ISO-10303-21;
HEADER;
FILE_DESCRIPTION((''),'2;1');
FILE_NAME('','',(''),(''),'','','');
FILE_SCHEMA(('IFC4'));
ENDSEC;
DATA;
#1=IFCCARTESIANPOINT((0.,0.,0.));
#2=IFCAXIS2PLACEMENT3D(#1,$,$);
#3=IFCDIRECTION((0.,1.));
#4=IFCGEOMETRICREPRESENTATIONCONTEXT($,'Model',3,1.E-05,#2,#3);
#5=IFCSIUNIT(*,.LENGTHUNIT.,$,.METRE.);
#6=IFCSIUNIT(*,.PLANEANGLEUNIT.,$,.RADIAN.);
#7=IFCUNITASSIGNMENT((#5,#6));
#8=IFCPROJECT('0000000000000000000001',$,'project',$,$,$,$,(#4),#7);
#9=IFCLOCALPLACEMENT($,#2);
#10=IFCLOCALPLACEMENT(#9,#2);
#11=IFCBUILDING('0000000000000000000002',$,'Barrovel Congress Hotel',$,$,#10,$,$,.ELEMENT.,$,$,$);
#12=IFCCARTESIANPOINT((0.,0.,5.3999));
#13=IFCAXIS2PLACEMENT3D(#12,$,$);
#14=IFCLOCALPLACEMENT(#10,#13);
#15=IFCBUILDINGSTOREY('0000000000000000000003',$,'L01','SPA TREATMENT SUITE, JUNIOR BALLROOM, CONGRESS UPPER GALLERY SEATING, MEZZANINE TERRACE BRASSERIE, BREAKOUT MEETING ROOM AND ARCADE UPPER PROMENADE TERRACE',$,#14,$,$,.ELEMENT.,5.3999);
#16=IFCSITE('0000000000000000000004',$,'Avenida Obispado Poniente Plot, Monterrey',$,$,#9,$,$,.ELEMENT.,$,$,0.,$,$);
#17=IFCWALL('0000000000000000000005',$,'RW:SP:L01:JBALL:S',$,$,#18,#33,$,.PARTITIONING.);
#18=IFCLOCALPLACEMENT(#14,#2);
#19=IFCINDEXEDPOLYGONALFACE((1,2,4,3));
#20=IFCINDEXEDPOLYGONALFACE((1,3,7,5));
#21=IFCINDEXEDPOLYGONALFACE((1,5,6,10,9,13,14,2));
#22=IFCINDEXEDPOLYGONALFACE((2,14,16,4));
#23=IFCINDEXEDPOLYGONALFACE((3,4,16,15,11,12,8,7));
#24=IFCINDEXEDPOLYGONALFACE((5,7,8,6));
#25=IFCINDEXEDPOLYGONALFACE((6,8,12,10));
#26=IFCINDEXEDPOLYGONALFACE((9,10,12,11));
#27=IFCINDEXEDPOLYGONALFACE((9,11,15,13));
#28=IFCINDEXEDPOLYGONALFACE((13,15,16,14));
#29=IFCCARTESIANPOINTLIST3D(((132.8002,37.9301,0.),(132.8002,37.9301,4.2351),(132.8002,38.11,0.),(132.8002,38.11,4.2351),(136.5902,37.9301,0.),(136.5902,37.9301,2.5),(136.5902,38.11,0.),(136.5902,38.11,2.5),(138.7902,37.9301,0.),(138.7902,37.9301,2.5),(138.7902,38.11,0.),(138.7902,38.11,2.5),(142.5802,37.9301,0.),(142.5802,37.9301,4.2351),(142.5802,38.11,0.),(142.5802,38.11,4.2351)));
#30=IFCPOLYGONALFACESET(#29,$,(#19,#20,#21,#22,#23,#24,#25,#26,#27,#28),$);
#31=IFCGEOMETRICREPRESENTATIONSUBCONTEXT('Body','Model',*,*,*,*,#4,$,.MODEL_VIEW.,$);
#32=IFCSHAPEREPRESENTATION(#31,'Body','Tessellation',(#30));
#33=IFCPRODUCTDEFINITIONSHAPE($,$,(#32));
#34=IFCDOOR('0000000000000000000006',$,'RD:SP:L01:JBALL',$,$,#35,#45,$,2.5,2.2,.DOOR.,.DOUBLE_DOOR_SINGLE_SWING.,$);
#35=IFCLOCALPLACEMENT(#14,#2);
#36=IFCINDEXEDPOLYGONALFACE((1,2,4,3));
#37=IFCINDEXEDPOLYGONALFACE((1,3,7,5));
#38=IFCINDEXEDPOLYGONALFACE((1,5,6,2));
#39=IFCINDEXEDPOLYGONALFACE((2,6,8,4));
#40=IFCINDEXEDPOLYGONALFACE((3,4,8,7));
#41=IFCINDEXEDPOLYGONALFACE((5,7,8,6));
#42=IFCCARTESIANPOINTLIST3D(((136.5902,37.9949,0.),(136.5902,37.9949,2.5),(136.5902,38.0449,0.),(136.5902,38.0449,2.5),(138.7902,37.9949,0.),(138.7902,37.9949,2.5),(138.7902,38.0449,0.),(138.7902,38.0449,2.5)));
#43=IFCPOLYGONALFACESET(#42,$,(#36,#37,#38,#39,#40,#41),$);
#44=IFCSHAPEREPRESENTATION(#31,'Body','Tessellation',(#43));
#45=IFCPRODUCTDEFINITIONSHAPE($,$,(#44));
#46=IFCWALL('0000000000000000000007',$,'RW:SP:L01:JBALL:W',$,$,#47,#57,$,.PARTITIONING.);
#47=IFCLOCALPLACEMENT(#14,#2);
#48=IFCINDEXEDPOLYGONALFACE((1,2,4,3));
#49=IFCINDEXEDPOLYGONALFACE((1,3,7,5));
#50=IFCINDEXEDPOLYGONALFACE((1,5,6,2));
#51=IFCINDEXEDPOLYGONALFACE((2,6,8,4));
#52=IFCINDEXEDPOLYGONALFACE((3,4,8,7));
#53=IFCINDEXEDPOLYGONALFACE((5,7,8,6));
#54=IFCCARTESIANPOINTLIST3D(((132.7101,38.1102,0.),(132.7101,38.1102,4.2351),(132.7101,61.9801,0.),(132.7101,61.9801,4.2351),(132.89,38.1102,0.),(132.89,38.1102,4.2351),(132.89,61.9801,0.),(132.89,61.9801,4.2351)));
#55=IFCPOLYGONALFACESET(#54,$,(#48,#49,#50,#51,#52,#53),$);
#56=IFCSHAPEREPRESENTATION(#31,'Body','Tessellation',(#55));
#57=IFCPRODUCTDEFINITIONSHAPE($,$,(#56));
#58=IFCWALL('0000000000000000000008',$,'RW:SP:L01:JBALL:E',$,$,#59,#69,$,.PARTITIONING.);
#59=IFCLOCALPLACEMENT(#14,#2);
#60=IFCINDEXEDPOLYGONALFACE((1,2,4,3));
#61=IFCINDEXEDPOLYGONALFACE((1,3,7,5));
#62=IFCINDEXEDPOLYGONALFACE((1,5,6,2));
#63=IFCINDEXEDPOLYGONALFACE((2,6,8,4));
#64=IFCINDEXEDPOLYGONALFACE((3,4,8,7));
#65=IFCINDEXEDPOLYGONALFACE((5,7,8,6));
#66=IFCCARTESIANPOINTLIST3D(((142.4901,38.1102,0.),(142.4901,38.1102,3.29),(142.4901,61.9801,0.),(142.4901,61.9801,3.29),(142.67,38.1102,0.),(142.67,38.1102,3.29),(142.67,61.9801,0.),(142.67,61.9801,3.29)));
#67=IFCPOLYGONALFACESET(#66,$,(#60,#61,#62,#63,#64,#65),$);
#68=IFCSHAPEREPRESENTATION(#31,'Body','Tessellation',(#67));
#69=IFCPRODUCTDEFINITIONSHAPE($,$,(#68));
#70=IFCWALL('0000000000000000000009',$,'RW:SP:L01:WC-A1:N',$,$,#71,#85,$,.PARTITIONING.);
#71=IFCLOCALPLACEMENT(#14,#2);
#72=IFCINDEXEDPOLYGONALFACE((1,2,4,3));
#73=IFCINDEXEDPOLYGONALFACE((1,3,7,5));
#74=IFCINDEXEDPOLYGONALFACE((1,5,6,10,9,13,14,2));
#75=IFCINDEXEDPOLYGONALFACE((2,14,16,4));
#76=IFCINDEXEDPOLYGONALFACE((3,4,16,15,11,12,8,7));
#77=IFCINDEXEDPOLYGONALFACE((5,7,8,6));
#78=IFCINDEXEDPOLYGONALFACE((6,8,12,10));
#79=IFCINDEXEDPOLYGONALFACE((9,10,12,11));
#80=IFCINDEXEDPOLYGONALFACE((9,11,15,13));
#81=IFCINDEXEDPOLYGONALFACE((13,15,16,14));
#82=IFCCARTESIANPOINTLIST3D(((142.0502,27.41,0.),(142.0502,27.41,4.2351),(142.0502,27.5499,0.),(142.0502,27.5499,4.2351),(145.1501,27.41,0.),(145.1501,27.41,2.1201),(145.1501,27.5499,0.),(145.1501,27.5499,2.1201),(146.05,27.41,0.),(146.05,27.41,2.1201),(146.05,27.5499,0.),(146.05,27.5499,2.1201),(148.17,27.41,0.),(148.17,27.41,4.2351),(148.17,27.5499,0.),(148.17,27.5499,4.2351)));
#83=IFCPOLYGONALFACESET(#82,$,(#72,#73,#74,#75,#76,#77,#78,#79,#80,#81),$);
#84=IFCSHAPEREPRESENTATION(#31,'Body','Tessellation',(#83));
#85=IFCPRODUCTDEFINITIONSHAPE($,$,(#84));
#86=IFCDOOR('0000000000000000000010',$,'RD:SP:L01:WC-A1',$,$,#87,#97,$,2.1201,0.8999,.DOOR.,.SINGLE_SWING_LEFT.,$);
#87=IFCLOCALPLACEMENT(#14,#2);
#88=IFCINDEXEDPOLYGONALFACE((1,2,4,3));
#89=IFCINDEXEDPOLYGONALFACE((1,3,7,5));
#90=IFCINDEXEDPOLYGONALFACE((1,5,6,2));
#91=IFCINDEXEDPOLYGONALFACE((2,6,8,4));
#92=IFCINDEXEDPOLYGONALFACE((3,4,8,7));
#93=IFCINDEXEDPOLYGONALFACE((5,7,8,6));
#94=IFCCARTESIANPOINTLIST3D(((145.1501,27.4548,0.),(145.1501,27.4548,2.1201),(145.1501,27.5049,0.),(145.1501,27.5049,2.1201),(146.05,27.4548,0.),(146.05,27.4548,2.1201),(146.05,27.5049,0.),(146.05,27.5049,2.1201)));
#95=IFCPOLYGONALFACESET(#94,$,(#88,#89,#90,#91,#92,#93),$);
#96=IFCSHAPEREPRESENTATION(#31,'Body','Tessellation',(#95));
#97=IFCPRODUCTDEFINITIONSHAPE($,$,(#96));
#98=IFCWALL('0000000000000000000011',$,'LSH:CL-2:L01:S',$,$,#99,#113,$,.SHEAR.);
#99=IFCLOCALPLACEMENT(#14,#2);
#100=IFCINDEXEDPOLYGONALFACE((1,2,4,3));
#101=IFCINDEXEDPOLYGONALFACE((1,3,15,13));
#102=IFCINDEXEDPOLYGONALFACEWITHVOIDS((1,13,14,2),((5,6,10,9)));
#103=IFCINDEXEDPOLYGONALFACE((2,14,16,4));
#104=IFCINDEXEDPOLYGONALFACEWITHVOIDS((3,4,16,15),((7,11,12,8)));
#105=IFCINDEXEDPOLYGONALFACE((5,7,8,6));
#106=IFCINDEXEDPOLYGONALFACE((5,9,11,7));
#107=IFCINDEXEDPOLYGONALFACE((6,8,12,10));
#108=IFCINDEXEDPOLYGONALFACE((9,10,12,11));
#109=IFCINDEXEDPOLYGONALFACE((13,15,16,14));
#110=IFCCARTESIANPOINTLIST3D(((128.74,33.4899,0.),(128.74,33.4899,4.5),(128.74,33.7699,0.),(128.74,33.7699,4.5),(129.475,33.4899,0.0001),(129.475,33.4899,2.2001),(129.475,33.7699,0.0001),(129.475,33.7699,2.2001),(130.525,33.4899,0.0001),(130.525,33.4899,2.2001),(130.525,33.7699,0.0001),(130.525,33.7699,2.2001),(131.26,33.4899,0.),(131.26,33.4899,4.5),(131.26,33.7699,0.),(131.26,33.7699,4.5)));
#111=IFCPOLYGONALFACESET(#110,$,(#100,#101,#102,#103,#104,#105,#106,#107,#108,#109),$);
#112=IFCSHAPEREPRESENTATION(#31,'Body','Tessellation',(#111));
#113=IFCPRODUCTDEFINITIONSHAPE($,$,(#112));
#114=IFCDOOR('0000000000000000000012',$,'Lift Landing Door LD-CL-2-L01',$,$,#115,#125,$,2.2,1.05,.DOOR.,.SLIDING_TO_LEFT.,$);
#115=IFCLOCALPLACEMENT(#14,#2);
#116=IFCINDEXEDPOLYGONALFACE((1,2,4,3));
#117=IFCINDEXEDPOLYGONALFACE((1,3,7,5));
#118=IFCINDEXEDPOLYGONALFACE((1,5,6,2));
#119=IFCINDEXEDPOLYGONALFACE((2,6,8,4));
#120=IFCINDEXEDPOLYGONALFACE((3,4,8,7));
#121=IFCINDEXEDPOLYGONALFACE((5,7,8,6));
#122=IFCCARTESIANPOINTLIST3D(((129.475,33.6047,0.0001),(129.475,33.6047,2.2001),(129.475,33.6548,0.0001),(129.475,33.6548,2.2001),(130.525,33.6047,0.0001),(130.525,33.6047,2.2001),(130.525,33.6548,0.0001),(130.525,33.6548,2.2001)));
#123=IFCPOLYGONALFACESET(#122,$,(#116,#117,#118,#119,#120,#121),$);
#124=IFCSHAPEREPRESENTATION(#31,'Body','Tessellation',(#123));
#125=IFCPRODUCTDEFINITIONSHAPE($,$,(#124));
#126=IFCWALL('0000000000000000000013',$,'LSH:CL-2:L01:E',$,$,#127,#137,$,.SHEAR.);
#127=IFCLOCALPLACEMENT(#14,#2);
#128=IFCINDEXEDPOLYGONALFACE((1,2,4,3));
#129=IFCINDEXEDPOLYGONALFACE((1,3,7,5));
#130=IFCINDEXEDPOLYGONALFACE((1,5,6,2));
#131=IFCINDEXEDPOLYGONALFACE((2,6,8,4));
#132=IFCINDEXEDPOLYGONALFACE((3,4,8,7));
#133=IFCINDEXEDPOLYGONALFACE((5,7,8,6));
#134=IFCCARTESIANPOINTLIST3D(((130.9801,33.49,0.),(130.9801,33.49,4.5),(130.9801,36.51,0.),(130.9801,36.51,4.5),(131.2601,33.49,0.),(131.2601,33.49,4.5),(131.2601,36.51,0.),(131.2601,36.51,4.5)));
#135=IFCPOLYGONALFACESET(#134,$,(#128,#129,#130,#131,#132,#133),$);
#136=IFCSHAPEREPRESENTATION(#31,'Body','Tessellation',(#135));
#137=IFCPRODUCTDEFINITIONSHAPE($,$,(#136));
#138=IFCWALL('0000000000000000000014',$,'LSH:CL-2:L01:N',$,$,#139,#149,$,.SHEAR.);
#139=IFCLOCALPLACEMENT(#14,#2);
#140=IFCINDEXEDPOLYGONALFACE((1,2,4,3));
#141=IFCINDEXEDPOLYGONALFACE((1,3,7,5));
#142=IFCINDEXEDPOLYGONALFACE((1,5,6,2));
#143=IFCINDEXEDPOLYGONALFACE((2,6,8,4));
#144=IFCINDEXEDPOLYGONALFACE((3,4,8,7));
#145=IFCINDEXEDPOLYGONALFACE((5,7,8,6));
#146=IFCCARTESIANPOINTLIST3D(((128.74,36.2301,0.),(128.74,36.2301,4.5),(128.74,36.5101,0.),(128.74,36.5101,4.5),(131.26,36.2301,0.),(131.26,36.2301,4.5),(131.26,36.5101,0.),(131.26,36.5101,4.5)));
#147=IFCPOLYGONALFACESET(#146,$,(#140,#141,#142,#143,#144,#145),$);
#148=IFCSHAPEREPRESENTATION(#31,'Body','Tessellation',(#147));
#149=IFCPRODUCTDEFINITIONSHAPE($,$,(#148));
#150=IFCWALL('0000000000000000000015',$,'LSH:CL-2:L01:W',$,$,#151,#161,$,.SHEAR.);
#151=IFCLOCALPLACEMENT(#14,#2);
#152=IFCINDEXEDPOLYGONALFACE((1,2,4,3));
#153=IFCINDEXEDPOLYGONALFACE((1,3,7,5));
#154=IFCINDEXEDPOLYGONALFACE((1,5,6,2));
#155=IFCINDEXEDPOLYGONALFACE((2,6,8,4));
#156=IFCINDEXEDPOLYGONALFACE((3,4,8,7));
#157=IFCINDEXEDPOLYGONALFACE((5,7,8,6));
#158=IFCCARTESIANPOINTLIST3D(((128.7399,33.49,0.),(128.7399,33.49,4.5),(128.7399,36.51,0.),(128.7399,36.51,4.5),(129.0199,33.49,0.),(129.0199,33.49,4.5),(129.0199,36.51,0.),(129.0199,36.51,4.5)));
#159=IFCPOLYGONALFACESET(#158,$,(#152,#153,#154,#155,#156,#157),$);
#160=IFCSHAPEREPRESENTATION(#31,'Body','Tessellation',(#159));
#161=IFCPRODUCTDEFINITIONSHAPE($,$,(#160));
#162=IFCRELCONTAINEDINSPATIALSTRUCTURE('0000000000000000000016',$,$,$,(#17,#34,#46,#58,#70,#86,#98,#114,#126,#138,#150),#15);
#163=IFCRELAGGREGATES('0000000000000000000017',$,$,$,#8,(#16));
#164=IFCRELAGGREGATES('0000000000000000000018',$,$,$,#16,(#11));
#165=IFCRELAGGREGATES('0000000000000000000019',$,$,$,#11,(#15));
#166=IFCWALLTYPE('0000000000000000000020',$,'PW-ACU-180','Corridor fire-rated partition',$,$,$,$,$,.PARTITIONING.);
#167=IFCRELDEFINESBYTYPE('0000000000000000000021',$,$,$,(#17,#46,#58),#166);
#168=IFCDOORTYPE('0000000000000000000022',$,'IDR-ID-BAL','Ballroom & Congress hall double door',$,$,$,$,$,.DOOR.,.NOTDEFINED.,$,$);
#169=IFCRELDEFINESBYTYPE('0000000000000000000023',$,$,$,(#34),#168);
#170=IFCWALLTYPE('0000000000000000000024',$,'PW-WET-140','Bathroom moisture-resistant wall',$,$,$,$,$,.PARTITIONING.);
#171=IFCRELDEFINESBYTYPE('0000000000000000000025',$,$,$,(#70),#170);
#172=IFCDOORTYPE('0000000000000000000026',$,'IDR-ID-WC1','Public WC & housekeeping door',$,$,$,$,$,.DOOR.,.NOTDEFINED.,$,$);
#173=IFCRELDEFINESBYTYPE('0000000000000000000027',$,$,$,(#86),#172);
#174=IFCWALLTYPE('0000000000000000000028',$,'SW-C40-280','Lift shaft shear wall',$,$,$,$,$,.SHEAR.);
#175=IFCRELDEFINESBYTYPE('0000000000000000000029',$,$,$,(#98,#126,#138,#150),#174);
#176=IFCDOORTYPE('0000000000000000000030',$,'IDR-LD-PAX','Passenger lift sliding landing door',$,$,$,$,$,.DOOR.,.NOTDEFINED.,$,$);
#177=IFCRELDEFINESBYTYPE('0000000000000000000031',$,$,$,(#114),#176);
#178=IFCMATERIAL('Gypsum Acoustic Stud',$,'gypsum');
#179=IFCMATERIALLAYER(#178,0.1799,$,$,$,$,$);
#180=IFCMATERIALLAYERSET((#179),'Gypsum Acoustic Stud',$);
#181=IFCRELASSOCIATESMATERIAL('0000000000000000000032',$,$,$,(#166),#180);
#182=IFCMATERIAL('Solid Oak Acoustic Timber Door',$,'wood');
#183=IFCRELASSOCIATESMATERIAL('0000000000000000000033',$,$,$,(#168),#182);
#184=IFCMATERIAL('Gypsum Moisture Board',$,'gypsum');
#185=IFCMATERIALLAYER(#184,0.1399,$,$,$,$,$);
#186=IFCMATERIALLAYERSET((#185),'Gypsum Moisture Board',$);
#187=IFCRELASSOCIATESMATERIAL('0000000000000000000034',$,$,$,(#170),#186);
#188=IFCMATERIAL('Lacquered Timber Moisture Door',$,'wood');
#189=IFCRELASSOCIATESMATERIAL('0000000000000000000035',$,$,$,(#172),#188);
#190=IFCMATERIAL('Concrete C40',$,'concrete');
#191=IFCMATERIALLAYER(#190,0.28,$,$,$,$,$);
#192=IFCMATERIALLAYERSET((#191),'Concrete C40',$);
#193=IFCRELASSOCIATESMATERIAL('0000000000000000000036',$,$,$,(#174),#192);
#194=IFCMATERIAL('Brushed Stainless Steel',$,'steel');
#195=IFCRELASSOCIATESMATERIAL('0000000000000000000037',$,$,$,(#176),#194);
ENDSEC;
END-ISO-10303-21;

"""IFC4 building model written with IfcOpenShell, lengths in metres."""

from ifc_helpers import new_model, si_unit, direction, frame, frame_2d, origin, place, context, subcontext, project, spatial, rectangle, extrude, material, layer, layer_set, type_object, element, fill, save


model = new_model("IFC4")

# Units and contexts
model_context = context("Model", 3, precision=1e-05, world=origin(), true_north=direction((0.0, 1.0)))
body_context = subcontext(model_context, "Body", "Model", "MODEL_VIEW")
ifc_project = project(units=[si_unit("LENGTHUNIT", "METRE"), si_unit("PLANEANGLEUNIT", "RADIAN")], contexts=[model_context])

# Site, building, storey
site_placement = place(None, origin())
site = spatial("IfcSite", under=ifc_project, at=site_placement, Name="Avenida Obispado Poniente Plot, Monterrey", CompositionType="ELEMENT", RefElevation=0.0)
building_placement = place(site_placement, origin())
building = spatial("IfcBuilding", under=site, at=building_placement, Name="Barrovel Congress Hotel", CompositionType="ELEMENT")
storey_placement = place(building_placement, frame((0.0, 0.0, 5.3999)))
storey = spatial("IfcBuildingStorey", under=building, at=storey_placement, Name="L01", Description="SPA TREATMENT SUITE, JUNIOR BALLROOM, CONGRESS UPPER GALLERY SEATING, MEZZANINE TERRACE BRASSERIE, BREAKOUT MEETING ROOM AND ARCADE UPPER PROMENADE TERRACE", CompositionType="ELEMENT", Elevation=5.3999)

# Shared definitions
ifc_material_1 = material(Name="Concrete C40", Category="concrete")

# Shared definitions
ifc_material_2 = material(Name="Gypsum Acoustic Stud", Category="gypsum")
ifc_layer_1 = layer(ifc_material_2, 0.1799)
ifc_layer_set_1 = layer_set([ifc_layer_1], Name="Gypsum Acoustic Stud")
wall_type_1 = type_object("IfcWallType", Name="PW-ACU-180", Description="Corridor fire-rated partition", PredefinedType="PARTITIONING", material=ifc_layer_set_1)
ifc_material_3 = material(Name="Solid Oak Acoustic Timber Door", Category="wood")

# Wall, opening, door
wall_1_placement = place(storey_placement, frame((132.8, 38.02, 0.0), z_axis=(0.0, 0.0, 1.0), x_axis=(1.0, 0.0, 0.0)))
wall_1 = element("IfcWall", 1, at=wall_1_placement, inside=storey, type_object=wall_type_1, Name="RW:SP:L01:JBALL:S", PredefinedType="PARTITIONING", context=body_context, shape_type="SweptSolid", body=[
    extrude(rectangle(XDim=9.78, YDim=0.1799, at=frame_2d((4.8901, 0.0))), origin(), (0.0, 0.0, 1.0), 4.2351),
])
opening_1_placement = place(wall_1_placement, frame((3.79, 0.0, 0.0)))
opening_1 = element("IfcOpeningElement", 2, at=opening_1_placement, cuts=wall_1, PredefinedType="OPENING", context=body_context, shape_type="SweptSolid", body=[
    extrude(rectangle(XDim=2.2, YDim=2.5, at=frame_2d((1.1001, 1.25))), frame((0.0, 0.1001, 0.0), z_axis=(0.0, -1.0, 0.0), x_axis=(1.0, 0.0, 0.0)), (0.0, 0.0, 1.0), 0.2),
])
door_type_1 = type_object("IfcDoorType", Name="IDR-ID-BAL", Description="Ballroom & Congress hall double door", OperationType="NOTDEFINED", PredefinedType="DOOR", material=ifc_material_3)
door_1_placement = place(opening_1_placement, origin())
door_1 = element("IfcDoor", 3, at=door_1_placement, inside=storey, type_object=door_type_1, Name="RD:SP:L01:JBALL", OperationType="DOUBLE_DOOR_SINGLE_SWING", OverallHeight=2.5, OverallWidth=2.2, PredefinedType="DOOR", context=body_context, shape_type="SweptSolid", body=[
    extrude(rectangle(XDim=2.2, YDim=2.5, at=frame_2d((1.1001, 1.25))), frame((0.0, 0.0249, 0.0), z_axis=(0.0, -1.0, 0.0), x_axis=(1.0, 0.0, 0.0)), (0.0, 0.0, 1.0), 0.05),
])
fill(opening_1, door_1)

# Walls
wall_2_placement = place(storey_placement, frame((132.8, 38.1101, 0.0), z_axis=(0.0, 0.0, 1.0), x_axis=(0.0, 1.0, 0.0)))
element("IfcWall", 4, at=wall_2_placement, inside=storey, type_object=wall_type_1, Name="RW:SP:L01:JBALL:W", PredefinedType="PARTITIONING", context=body_context, shape_type="SweptSolid", body=[
    extrude(rectangle(XDim=23.8699, YDim=0.1799, at=frame_2d((11.9351, 0.0))), origin(), (0.0, 0.0, 1.0), 4.2351),
])
wall_3_placement = place(storey_placement, frame((142.5801, 38.1101, 0.0), z_axis=(0.0, 0.0, 1.0), x_axis=(0.0, 1.0, 0.0)))
element("IfcWall", 5, at=wall_3_placement, inside=storey, type_object=wall_type_1, Name="RW:SP:L01:JBALL:E", PredefinedType="PARTITIONING", context=body_context, shape_type="SweptSolid", body=[
    extrude(rectangle(XDim=23.8699, YDim=0.1799, at=frame_2d((11.9351, 0.0))), origin(), (0.0, 0.0, 1.0), 3.29),
])

# Walls, openings, doors
ifc_material_4 = material(Name="Gypsum Moisture Board", Category="gypsum")
ifc_layer_2 = layer(ifc_material_4, 0.1399)
ifc_layer_set_2 = layer_set([ifc_layer_2], Name="Gypsum Moisture Board")
wall_type_2 = type_object("IfcWallType", Name="PW-WET-140", Description="Bathroom moisture-resistant wall", PredefinedType="PARTITIONING", material=ifc_layer_set_2)
wall_4_placement = place(storey_placement, frame((142.05, 27.48, 0.0), z_axis=(0.0, 0.0, 1.0), x_axis=(1.0, 0.0, 0.0)))
wall_4 = element("IfcWall", 6, at=wall_4_placement, inside=storey, type_object=wall_type_2, Name="RW:SP:L01:WC-A1:N", PredefinedType="PARTITIONING", context=body_context, shape_type="SweptSolid", body=[
    extrude(rectangle(XDim=6.1199, YDim=0.1399, at=frame_2d((3.0601, 0.0))), origin(), (0.0, 0.0, 1.0), 4.2351),
])
opening_2_placement = place(wall_4_placement, frame((3.1001, 0.0, 0.0)))
opening_2 = element("IfcOpeningElement", 7, at=opening_2_placement, cuts=wall_4, PredefinedType="OPENING", context=body_context, shape_type="SweptSolid", body=[
    extrude(rectangle(XDim=0.8999, YDim=2.1201, at=frame_2d((0.45, 1.0601))), frame((0.0, 0.0801, 0.0), z_axis=(0.0, -1.0, 0.0), x_axis=(1.0, 0.0, 0.0)), (0.0, 0.0, 1.0), 0.1599),
])
ifc_material_5 = material(Name="Lacquered Timber Moisture Door", Category="wood")
door_type_2 = type_object("IfcDoorType", Name="IDR-ID-WC1", Description="Public WC & housekeeping door", OperationType="NOTDEFINED", PredefinedType="DOOR", material=ifc_material_5)
door_2_placement = place(opening_2_placement, origin())
door_2 = element("IfcDoor", 8, at=door_2_placement, inside=storey, type_object=door_type_2, Name="RD:SP:L01:WC-A1", OperationType="SINGLE_SWING_LEFT", OverallHeight=2.1201, OverallWidth=0.8999, PredefinedType="DOOR", context=body_context, shape_type="SweptSolid", body=[
    extrude(rectangle(XDim=0.8999, YDim=2.1201, at=frame_2d((0.45, 1.0601))), frame((0.0, 0.0249, 0.0), z_axis=(0.0, -1.0, 0.0), x_axis=(1.0, 0.0, 0.0)), (0.0, 0.0, 1.0), 0.05),
])
fill(opening_2, door_2)
ifc_layer_3 = layer(ifc_material_1, 0.28)
ifc_layer_set_3 = layer_set([ifc_layer_3], Name="Concrete C40")
wall_type_3 = type_object("IfcWallType", Name="SW-C40-280", Description="Lift shaft shear wall", PredefinedType="SHEAR", material=ifc_layer_set_3)
wall_5_placement = place(storey_placement, frame((128.74, 33.6299, 0.0), z_axis=(0.0, 0.0, 1.0), x_axis=(1.0, 0.0, 0.0)))
wall_5 = element("IfcWall", 9, at=wall_5_placement, inside=storey, type_object=wall_type_3, Name="LSH:CL-2:L01:S", PredefinedType="SHEAR", context=body_context, shape_type="SweptSolid", body=[
    extrude(rectangle(XDim=2.52, YDim=0.28, at=frame_2d((1.26, 0.0))), origin(), (0.0, 0.0, 1.0), 4.5),
])
opening_3_placement = place(wall_5_placement, frame((0.7351, 0.0, 0.0)))
opening_3 = element("IfcOpeningElement", 10, at=opening_3_placement, cuts=wall_5, PredefinedType="OPENING", context=body_context, shape_type="SweptSolid", body=[
    extrude(rectangle(XDim=1.05, YDim=2.2, at=frame_2d((0.5249, 1.1001))), frame((0.0, 0.1499, 0.0), z_axis=(0.0, -1.0, 0.0), x_axis=(1.0, 0.0, 0.0)), (0.0, 0.0, 1.0), 0.3),
])
ifc_material_6 = material(Name="Brushed Stainless Steel", Category="steel")
door_type_3 = type_object("IfcDoorType", Name="IDR-LD-PAX", Description="Passenger lift sliding landing door", OperationType="NOTDEFINED", PredefinedType="DOOR", material=ifc_material_6)
door_3_placement = place(opening_3_placement, origin())
door_3 = element("IfcDoor", 11, at=door_3_placement, inside=storey, type_object=door_type_3, Name="Lift Landing Door LD-CL-2-L01", OperationType="SLIDING_TO_LEFT", OverallHeight=2.2, OverallWidth=1.05, PredefinedType="DOOR", context=body_context, shape_type="SweptSolid", body=[
    extrude(rectangle(XDim=1.05, YDim=2.2, at=frame_2d((0.5249, 1.1001))), frame((0.0, 0.0249, 0.0), z_axis=(0.0, -1.0, 0.0), x_axis=(1.0, 0.0, 0.0)), (0.0, 0.0, 1.0), 0.05),
])
fill(opening_3, door_3)

# Walls
wall_6_placement = place(storey_placement, frame((131.1201, 33.49, 0.0), z_axis=(0.0, 0.0, 1.0), x_axis=(0.0, 1.0, 0.0)))
element("IfcWall", 12, at=wall_6_placement, inside=storey, type_object=wall_type_3, Name="LSH:CL-2:L01:E", PredefinedType="SHEAR", context=body_context, shape_type="SweptSolid", body=[
    extrude(rectangle(XDim=3.02, YDim=0.28, at=frame_2d((1.51, 0.0))), origin(), (0.0, 0.0, 1.0), 4.5),
])
wall_7_placement = place(storey_placement, frame((131.26, 36.3701, 0.0), z_axis=(0.0, 0.0, 1.0), x_axis=(-1.0, 0.0, 0.0)))
element("IfcWall", 13, at=wall_7_placement, inside=storey, type_object=wall_type_3, Name="LSH:CL-2:L01:N", PredefinedType="SHEAR", context=body_context, shape_type="SweptSolid", body=[
    extrude(rectangle(XDim=2.52, YDim=0.28, at=frame_2d((1.26, 0.0))), origin(), (0.0, 0.0, 1.0), 4.5),
])
wall_8_placement = place(storey_placement, frame((128.8799, 36.51, 0.0), z_axis=(0.0, 0.0, 1.0), x_axis=(0.0, -1.0, 0.0)))
element("IfcWall", 14, at=wall_8_placement, inside=storey, type_object=wall_type_3, Name="LSH:CL-2:L01:W", PredefinedType="SHEAR", context=body_context, shape_type="SweptSolid", body=[
    extrude(rectangle(XDim=3.02, YDim=0.28, at=frame_2d((1.51, 0.0))), origin(), (0.0, 0.0, 1.0), 4.5),
])

save(model, "model.ifc")
